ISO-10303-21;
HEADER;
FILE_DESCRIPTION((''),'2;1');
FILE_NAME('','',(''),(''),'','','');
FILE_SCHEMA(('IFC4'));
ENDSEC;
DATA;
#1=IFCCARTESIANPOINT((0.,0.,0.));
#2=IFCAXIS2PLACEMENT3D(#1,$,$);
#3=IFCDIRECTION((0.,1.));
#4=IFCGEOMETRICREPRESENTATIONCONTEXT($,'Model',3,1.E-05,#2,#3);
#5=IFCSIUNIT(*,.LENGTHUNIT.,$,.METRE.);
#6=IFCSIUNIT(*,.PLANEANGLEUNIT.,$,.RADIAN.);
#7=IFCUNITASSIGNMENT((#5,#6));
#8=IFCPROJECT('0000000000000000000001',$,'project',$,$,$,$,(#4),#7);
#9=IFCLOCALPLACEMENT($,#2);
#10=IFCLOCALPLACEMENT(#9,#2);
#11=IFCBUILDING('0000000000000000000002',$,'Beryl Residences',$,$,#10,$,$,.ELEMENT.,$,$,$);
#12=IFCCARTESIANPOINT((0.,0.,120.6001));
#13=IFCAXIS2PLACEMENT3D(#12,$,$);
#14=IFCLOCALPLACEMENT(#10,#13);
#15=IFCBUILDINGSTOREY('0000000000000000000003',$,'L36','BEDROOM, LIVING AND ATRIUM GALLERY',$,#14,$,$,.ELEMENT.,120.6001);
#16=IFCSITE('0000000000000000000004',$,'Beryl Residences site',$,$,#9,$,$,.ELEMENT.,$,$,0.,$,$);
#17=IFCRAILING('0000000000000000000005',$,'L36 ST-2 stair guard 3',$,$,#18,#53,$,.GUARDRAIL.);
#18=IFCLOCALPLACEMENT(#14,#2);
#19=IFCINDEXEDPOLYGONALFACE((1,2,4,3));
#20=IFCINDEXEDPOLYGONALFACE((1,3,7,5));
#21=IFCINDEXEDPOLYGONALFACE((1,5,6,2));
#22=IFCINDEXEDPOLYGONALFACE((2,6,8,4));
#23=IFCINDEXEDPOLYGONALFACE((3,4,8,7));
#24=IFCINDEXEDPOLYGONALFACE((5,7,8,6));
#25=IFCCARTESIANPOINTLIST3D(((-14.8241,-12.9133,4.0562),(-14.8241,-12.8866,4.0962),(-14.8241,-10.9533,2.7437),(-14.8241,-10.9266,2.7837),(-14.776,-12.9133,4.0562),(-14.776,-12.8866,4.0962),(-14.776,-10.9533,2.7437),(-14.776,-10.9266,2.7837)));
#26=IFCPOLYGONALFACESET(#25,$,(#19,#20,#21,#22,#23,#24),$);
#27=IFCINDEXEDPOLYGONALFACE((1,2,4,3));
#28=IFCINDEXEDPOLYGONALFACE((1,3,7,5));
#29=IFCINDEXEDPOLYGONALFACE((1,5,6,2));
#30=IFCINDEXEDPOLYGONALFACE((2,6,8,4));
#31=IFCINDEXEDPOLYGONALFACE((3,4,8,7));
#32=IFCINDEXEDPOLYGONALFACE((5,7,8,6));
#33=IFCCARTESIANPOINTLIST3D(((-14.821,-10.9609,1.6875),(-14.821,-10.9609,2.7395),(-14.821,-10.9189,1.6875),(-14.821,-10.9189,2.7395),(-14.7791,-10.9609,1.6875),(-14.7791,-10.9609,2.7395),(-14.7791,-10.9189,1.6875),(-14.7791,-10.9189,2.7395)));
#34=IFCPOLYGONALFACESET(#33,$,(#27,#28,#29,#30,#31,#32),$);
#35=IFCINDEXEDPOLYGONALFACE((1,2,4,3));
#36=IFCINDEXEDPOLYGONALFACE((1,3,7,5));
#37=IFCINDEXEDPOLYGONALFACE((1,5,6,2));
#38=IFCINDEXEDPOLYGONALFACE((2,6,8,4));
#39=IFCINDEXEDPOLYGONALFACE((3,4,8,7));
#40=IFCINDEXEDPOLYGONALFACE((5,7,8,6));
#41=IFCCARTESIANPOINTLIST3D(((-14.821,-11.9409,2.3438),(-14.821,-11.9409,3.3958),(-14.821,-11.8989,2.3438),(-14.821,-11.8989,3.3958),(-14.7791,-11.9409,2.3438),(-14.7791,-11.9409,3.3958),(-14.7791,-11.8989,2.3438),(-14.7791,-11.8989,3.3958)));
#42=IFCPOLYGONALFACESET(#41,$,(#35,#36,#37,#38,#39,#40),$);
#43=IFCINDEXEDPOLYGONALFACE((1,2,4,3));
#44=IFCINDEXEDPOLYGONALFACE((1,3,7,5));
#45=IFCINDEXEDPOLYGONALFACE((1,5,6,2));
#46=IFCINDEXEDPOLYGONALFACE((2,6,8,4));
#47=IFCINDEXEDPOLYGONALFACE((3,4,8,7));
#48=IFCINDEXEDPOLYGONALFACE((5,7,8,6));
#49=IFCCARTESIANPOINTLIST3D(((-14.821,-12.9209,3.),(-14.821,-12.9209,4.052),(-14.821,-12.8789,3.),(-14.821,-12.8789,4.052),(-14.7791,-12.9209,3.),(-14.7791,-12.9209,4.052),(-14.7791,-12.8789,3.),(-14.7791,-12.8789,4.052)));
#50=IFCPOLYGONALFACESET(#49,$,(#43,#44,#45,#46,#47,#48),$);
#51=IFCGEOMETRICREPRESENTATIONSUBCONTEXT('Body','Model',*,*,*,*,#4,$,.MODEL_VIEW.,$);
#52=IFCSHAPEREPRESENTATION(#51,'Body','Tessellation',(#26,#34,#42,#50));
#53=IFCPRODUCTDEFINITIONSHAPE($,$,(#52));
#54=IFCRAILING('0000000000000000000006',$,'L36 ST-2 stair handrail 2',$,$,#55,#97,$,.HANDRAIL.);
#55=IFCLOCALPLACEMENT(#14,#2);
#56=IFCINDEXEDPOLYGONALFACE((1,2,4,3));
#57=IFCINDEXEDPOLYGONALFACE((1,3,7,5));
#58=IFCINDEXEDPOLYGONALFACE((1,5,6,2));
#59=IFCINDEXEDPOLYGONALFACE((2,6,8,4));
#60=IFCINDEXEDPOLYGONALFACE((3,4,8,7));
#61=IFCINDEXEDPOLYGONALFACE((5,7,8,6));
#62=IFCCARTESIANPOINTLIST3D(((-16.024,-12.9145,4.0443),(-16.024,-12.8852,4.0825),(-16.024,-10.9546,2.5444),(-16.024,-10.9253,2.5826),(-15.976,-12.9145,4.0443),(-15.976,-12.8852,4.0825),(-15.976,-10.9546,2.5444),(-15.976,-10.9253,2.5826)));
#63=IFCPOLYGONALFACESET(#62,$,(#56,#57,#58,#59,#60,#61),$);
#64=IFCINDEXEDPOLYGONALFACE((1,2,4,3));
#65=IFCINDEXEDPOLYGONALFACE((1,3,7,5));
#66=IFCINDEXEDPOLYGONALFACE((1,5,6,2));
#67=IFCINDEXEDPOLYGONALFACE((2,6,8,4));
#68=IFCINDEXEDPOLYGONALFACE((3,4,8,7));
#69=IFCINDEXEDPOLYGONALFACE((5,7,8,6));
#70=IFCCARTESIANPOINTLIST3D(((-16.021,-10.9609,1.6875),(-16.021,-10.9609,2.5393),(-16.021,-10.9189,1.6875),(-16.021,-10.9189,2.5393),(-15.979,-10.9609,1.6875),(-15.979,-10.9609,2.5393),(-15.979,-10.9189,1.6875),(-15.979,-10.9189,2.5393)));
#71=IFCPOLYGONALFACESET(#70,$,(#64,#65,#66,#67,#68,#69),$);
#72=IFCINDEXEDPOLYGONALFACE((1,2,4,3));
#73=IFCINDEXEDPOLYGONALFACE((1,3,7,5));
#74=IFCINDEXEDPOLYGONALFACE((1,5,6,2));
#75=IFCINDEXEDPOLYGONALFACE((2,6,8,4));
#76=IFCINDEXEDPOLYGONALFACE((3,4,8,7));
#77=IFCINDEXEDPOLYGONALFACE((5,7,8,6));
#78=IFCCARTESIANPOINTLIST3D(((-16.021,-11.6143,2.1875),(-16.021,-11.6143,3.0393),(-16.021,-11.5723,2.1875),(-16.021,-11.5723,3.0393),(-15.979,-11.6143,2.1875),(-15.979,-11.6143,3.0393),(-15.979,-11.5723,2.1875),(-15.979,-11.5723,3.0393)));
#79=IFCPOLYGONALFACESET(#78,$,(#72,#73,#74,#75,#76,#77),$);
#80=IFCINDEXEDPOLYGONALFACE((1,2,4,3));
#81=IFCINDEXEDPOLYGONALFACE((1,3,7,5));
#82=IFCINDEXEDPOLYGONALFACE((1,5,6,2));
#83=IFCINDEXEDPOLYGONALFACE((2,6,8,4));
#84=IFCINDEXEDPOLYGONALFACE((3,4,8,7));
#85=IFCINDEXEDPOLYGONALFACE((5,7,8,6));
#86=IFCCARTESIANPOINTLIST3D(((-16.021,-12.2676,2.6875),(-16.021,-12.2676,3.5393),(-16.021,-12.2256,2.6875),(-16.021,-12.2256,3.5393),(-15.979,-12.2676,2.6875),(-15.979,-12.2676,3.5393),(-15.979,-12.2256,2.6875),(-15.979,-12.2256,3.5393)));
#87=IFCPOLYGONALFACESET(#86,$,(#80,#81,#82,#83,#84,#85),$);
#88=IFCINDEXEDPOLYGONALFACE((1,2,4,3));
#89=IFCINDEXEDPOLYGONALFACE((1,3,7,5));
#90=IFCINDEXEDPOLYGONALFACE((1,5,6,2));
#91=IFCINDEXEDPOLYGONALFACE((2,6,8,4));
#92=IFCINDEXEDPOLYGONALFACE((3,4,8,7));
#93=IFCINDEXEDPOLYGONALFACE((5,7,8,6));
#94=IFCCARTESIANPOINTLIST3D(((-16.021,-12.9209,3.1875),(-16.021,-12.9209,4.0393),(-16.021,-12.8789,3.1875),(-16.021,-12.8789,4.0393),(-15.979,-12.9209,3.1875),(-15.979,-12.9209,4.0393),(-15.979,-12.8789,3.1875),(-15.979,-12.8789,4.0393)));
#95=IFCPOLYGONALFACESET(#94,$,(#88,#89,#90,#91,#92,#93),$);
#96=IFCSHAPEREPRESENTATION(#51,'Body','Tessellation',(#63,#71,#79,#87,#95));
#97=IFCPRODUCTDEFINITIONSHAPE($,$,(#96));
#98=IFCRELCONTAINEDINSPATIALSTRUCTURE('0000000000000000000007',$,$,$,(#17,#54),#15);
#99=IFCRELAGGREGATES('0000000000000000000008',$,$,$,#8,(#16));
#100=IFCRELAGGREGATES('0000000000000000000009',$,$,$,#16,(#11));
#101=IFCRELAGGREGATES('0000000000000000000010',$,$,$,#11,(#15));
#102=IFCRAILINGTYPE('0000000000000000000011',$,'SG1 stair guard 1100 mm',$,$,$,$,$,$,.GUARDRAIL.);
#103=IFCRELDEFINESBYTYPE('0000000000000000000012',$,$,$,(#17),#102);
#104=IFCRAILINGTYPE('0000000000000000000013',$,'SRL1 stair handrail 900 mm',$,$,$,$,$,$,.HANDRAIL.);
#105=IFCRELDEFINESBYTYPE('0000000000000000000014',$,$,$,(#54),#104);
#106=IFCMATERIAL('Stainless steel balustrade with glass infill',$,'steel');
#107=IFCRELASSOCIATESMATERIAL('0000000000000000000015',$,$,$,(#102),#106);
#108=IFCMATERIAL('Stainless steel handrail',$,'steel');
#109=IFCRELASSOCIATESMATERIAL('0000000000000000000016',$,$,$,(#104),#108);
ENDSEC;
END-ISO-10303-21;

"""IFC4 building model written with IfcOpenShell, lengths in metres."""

from ifc_helpers import new_model, si_unit, direction, frame, origin, origin_2d, place, context, subcontext, project, spatial, rectangle, extrude, material, type_object, element, save


model = new_model("IFC4")

# Units and contexts
model_context = context("Model", 3, precision=1e-05, world=origin(), true_north=direction((0.0, 1.0)))
body_context = subcontext(model_context, "Body", "Model", "MODEL_VIEW")
ifc_project = project(units=[si_unit("LENGTHUNIT", "METRE"), si_unit("PLANEANGLEUNIT", "RADIAN")], contexts=[model_context])

# Site, building, storey
site_placement = place(None, origin())
site = spatial("IfcSite", under=ifc_project, at=site_placement, Name="Beryl Residences site", CompositionType="ELEMENT", RefElevation=0.0)
building_placement = place(site_placement, origin())
building = spatial("IfcBuilding", under=site, at=building_placement, Name="Beryl Residences", CompositionType="ELEMENT")
storey_placement = place(building_placement, frame((0.0, 0.0, 120.6001)))
storey = spatial("IfcBuildingStorey", under=building, at=storey_placement, Name="L36", Description="BEDROOM, LIVING AND ATRIUM GALLERY", CompositionType="ELEMENT", Elevation=120.6001)

# Railings
ifc_material_1 = material(Name="Stainless steel balustrade with glass infill", Category="steel")
railing_type_1 = type_object("IfcRailingType", Name="SG1 stair guard 1100 mm", PredefinedType="GUARDRAIL", material=ifc_material_1)
railing_1_placement = place(storey_placement, frame((-14.8, -10.9399, 1.6875)))
element("IfcRailing", 1, at=railing_1_placement, inside=storey, type_object=railing_type_1, Name="L36 ST-2 stair guard 3", PredefinedType="GUARDRAIL", context=body_context, shape_type="SweptSolid", body=[
    extrude(rectangle(XDim=0.0481, YDim=0.0481, at=origin_2d()), frame((0.0, 0.0, 1.0762), z_axis=(0.0, -0.830902, 0.556419), x_axis=(1.0, 0.0, 0.0)), (0.0, 0.0, 1.0), 2.3589),
    extrude(rectangle(XDim=0.042, YDim=0.042, at=origin_2d()), origin(), (0.0, 0.0, 1.0), 1.052),
    extrude(rectangle(XDim=0.042, YDim=0.042, at=origin_2d()), frame((0.0, -0.98, 0.6562)), (0.0, 0.0, 1.0), 1.052),
    extrude(rectangle(XDim=0.042, YDim=0.042, at=origin_2d()), frame((0.0, -1.96, 1.3125)), (0.0, 0.0, 1.0), 1.052),
])
ifc_material_2 = material(Name="Stainless steel handrail", Category="steel")
railing_type_2 = type_object("IfcRailingType", Name="SRL1 stair handrail 900 mm", PredefinedType="HANDRAIL", material=ifc_material_2)
railing_2_placement = place(storey_placement, frame((-16.0, -10.9399, 1.6875)))
element("IfcRailing", 2, at=railing_2_placement, inside=storey, type_object=railing_type_2, Name="L36 ST-2 stair handrail 2", PredefinedType="HANDRAIL", context=body_context, shape_type="SweptSolid", body=[
    extrude(rectangle(XDim=0.0481, YDim=0.0481, at=origin_2d()), frame((0.0, 0.0, 0.876), z_axis=(0.0, -0.794122, 0.607758), x_axis=(1.0, 0.0, 0.0)), (0.0, 0.0, 1.0), 2.468),
    extrude(rectangle(XDim=0.042, YDim=0.042, at=origin_2d()), origin(), (0.0, 0.0, 1.0), 0.8518),
    extrude(rectangle(XDim=0.042, YDim=0.042, at=origin_2d()), frame((0.0, -0.6533, 0.5)), (0.0, 0.0, 1.0), 0.8518),
    extrude(rectangle(XDim=0.042, YDim=0.042, at=origin_2d()), frame((0.0, -1.3066, 1.0)), (0.0, 0.0, 1.0), 0.8518),
    extrude(rectangle(XDim=0.042, YDim=0.042, at=origin_2d()), frame((0.0, -1.96, 1.5)), (0.0, 0.0, 1.0), 0.8518),
])

save(model, "model.ifc")
